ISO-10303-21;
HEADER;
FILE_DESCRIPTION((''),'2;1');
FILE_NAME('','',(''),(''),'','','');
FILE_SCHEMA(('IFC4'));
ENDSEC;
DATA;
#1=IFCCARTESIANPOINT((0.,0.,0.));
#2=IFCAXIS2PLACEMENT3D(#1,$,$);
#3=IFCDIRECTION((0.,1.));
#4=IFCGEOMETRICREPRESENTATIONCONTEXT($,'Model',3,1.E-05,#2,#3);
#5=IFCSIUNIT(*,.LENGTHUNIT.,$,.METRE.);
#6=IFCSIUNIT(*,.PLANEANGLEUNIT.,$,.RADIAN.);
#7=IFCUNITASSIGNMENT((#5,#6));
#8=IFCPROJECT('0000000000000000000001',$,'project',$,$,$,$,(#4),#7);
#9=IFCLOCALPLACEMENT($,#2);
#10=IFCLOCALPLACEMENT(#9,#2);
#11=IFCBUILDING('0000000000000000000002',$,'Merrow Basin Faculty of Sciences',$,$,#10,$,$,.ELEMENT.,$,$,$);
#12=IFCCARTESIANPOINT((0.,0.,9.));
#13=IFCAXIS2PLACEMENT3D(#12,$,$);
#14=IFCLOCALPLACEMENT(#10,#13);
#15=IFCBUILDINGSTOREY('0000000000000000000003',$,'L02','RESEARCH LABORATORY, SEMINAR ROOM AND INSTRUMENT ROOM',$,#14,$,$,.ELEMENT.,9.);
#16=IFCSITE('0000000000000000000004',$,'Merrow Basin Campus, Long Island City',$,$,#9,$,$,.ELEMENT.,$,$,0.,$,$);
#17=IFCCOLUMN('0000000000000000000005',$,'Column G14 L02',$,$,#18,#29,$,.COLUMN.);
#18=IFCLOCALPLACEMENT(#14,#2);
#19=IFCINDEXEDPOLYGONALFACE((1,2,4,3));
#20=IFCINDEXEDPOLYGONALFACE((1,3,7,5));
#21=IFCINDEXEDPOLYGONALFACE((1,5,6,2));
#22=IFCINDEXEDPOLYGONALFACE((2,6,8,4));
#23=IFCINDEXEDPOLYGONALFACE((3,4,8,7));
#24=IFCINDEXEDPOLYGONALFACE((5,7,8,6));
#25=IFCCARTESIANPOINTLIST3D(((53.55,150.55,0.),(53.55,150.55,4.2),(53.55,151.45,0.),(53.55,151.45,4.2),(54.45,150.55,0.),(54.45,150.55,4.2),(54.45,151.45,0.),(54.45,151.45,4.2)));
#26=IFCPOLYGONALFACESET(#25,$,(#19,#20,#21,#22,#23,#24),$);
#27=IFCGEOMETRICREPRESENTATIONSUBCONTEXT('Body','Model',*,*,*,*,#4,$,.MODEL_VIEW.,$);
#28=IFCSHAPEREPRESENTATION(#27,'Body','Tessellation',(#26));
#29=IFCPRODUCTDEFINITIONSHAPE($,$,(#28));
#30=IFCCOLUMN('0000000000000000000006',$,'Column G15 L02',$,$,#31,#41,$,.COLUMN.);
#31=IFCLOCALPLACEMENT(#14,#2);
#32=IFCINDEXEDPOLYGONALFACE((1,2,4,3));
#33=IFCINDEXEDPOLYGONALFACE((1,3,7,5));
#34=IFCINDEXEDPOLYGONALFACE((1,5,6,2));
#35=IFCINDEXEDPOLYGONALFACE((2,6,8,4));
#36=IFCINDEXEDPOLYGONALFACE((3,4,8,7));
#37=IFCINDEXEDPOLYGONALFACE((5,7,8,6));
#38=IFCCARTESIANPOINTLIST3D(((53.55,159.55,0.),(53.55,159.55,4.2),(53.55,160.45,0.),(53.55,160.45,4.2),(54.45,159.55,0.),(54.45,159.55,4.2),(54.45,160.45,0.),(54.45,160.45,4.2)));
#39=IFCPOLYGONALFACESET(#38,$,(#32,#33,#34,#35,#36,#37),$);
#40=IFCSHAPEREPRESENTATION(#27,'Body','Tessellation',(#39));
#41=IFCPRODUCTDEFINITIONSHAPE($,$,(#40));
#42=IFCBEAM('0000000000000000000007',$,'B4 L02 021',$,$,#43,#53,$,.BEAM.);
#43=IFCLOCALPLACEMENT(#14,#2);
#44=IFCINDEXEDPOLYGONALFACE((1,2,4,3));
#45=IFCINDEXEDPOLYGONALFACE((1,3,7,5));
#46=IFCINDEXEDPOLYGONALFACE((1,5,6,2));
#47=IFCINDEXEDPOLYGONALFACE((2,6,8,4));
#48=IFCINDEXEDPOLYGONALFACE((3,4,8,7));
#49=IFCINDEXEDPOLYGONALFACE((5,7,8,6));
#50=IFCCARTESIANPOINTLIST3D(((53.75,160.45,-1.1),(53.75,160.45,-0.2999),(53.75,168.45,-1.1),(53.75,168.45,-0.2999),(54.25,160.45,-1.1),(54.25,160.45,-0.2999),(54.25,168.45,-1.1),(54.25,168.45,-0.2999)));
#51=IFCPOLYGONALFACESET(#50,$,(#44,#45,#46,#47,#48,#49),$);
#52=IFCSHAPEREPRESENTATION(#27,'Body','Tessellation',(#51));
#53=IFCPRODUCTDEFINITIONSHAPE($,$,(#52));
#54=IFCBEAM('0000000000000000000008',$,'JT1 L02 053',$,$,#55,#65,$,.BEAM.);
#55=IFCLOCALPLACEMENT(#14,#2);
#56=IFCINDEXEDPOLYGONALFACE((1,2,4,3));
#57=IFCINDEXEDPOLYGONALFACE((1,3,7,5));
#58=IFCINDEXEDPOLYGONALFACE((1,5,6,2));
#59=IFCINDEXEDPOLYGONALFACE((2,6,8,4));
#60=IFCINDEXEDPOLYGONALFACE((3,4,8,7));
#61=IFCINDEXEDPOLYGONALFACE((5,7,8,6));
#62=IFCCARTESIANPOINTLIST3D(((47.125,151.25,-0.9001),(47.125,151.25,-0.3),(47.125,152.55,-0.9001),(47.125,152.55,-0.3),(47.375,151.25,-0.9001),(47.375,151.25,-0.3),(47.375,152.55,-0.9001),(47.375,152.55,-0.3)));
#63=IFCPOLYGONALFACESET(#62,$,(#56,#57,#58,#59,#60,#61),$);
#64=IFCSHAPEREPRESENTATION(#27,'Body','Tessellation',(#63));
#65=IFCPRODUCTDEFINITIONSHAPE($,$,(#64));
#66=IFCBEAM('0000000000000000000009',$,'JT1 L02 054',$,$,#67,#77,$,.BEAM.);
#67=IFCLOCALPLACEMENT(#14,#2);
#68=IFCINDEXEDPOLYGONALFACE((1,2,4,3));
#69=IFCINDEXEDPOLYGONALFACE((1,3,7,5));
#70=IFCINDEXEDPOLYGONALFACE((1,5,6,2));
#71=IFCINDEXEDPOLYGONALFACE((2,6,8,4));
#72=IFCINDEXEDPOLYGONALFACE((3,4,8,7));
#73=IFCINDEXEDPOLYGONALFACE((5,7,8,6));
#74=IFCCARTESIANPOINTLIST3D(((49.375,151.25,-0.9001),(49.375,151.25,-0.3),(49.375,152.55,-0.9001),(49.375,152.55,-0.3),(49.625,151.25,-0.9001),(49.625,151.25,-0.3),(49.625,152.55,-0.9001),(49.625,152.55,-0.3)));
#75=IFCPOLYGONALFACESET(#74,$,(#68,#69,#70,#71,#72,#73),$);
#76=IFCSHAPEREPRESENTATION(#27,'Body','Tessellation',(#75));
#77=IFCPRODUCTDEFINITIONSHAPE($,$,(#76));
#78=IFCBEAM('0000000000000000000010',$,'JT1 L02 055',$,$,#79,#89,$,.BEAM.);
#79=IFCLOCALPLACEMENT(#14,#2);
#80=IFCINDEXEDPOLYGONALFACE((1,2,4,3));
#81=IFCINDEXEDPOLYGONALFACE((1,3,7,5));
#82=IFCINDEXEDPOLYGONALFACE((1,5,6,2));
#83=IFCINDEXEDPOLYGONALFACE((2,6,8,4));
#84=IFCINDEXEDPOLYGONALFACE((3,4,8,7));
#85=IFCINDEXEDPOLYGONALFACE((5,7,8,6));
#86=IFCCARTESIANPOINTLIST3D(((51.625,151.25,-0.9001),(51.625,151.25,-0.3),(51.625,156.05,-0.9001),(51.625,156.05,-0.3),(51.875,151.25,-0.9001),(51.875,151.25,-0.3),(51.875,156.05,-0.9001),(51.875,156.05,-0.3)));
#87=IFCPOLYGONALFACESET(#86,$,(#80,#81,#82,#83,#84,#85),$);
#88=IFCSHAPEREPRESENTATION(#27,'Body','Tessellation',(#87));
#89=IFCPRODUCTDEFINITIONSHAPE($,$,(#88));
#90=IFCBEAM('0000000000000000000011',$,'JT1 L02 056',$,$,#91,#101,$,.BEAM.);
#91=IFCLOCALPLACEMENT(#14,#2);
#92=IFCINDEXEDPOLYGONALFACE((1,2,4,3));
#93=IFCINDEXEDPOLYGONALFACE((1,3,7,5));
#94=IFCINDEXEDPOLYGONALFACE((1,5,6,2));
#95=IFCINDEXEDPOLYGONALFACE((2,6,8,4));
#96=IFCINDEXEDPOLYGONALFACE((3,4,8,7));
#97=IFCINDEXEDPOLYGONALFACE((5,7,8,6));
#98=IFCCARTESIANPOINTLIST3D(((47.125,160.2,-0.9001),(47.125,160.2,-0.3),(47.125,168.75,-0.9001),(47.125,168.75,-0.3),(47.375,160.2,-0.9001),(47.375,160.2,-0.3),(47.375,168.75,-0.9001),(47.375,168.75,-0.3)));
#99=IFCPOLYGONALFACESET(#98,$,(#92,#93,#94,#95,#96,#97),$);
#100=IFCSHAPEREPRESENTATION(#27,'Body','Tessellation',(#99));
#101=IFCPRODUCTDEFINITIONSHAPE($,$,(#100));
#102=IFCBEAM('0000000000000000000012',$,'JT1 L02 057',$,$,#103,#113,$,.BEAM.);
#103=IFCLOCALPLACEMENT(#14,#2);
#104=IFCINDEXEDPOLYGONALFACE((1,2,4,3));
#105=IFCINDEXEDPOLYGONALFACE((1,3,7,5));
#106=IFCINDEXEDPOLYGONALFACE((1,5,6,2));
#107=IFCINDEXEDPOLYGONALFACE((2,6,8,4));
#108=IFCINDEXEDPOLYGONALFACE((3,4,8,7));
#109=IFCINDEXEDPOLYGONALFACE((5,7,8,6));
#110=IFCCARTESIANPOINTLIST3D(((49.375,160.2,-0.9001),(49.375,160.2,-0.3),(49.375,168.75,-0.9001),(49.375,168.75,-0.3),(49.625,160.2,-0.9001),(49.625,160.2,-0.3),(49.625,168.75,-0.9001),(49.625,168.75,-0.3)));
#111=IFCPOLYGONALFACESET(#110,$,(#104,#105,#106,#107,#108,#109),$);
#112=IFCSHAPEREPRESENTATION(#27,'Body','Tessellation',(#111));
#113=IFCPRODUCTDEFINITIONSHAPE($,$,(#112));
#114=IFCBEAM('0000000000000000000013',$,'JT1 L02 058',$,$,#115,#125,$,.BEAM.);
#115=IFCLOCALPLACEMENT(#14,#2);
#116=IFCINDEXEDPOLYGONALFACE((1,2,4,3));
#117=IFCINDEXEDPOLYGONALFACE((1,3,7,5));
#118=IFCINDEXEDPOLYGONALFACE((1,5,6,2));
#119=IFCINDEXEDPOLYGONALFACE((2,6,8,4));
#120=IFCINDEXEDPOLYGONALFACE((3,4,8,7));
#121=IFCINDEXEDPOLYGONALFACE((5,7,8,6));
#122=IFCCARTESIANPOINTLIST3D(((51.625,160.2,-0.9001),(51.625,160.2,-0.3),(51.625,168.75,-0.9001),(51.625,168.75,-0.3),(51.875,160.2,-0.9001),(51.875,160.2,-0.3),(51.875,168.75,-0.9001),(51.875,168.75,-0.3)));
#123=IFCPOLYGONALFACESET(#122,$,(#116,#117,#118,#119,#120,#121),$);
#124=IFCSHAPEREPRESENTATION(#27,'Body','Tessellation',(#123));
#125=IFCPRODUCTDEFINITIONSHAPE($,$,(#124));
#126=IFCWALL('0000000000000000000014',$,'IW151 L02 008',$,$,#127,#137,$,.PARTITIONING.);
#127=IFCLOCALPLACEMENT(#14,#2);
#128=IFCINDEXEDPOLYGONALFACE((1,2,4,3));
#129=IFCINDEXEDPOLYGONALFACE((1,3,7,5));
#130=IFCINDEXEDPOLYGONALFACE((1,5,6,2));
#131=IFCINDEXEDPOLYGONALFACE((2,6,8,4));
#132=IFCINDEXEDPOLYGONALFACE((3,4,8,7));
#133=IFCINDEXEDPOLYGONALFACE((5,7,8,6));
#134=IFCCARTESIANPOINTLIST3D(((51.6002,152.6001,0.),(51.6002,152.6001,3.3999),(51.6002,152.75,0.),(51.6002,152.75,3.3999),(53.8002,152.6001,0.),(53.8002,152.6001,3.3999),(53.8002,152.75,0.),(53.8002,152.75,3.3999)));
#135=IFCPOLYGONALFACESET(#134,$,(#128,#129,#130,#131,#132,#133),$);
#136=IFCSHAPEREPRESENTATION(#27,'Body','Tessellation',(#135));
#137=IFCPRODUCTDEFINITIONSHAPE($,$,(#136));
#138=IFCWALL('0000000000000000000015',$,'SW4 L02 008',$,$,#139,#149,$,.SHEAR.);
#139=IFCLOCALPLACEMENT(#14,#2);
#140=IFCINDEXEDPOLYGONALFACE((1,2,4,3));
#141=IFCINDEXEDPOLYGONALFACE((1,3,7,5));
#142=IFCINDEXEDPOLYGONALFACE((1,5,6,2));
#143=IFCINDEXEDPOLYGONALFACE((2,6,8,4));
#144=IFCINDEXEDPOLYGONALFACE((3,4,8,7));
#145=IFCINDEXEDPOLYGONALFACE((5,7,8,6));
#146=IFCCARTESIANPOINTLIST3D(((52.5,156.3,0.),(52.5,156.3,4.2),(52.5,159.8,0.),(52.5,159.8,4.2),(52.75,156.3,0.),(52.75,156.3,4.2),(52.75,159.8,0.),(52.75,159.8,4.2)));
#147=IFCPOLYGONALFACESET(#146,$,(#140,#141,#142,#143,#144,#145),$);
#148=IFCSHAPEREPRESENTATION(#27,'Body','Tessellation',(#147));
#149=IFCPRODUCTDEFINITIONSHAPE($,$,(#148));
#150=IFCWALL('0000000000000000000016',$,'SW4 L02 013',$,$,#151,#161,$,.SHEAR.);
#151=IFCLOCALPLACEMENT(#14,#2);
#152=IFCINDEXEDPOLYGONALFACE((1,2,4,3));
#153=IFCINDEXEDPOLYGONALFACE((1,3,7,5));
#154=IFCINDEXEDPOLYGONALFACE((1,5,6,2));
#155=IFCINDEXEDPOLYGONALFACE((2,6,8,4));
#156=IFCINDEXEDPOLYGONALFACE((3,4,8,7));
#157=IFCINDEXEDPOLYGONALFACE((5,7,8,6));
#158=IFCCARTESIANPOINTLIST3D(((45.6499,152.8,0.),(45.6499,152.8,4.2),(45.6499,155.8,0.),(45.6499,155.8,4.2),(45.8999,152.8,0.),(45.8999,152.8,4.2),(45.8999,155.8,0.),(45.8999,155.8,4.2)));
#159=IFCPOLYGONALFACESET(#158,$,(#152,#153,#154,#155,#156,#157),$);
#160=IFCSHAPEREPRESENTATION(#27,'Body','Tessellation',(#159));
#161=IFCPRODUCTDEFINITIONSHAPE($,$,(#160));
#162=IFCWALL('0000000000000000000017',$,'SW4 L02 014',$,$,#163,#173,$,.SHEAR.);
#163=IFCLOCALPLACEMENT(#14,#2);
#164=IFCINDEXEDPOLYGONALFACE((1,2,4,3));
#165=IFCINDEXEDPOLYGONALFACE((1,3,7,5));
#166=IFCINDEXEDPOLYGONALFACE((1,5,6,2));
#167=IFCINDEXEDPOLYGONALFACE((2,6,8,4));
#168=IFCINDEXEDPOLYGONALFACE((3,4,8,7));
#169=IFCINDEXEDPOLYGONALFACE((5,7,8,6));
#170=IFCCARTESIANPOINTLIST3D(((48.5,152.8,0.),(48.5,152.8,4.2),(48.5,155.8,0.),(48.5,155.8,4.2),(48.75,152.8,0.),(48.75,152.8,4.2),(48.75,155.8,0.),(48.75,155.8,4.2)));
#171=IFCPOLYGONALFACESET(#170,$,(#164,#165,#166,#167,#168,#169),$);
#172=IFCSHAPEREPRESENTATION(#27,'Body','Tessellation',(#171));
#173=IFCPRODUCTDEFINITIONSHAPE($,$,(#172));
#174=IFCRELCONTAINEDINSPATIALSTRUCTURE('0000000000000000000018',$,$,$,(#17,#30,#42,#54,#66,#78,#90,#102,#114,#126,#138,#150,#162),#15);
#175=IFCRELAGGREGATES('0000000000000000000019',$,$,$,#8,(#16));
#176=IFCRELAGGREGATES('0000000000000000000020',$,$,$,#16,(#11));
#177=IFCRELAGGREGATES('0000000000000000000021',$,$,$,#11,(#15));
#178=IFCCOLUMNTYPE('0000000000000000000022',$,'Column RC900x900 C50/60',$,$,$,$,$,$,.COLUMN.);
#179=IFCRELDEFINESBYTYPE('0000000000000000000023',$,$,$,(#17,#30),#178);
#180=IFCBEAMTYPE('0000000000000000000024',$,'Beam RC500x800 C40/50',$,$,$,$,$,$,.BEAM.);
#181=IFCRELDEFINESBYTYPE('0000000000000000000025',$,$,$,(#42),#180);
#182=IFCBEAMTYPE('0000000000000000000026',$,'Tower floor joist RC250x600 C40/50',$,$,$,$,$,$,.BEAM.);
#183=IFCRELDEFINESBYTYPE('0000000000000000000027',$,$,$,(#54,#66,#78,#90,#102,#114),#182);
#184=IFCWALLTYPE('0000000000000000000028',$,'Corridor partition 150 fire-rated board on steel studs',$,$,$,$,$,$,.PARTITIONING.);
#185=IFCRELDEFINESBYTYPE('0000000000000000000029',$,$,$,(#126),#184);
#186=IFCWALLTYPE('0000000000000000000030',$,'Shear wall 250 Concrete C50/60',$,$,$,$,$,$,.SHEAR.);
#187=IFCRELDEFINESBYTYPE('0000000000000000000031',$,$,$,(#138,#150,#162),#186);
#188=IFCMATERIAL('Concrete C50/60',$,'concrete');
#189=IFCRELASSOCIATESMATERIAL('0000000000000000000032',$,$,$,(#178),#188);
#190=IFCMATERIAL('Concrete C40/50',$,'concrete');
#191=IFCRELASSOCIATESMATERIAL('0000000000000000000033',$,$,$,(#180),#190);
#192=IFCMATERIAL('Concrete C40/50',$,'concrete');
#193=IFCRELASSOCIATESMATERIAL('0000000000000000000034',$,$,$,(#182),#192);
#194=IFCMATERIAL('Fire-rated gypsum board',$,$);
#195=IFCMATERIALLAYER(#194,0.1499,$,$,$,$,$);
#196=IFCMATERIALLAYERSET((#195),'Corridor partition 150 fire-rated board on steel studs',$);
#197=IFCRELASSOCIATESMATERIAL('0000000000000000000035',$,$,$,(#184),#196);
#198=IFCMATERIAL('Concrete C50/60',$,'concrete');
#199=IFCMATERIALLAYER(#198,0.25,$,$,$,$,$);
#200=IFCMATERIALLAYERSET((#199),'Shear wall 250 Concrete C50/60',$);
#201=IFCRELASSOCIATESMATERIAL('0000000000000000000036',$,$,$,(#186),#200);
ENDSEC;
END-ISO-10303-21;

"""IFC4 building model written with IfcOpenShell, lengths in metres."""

from ifc_helpers import new_model, si_unit, direction, frame, frame_2d, origin, origin_2d, place, context, subcontext, project, spatial, rectangle, extrude, material, layer, layer_set, material_profile, profile_set, type_object, element, save


model = new_model("IFC4")

# Units and contexts
model_context = context("Model", 3, precision=1e-05, world=origin(), true_north=direction((0.0, 1.0)))
body_context = subcontext(model_context, "Body", "Model", "MODEL_VIEW")
ifc_project = project(units=[si_unit("LENGTHUNIT", "METRE"), si_unit("PLANEANGLEUNIT", "RADIAN")], contexts=[model_context])

# Site, building, storey
site_placement = place(None, origin())
site = spatial("IfcSite", under=ifc_project, at=site_placement, Name="Merrow Basin Campus, Long Island City", CompositionType="ELEMENT", RefElevation=0.0)
building_placement = place(site_placement, origin())
building = spatial("IfcBuilding", under=site, at=building_placement, Name="Merrow Basin Faculty of Sciences", CompositionType="ELEMENT")
storey_placement = place(building_placement, frame((0.0, 0.0, 9.0)))
storey = spatial("IfcBuildingStorey", under=building, at=storey_placement, Name="L02", Description="RESEARCH LABORATORY, SEMINAR ROOM AND INSTRUMENT ROOM", CompositionType="ELEMENT", Elevation=9.0)

# Columns
ifc_material_1 = material(Name="Concrete C50/60", Category="concrete")
ifc_material_profile_1 = material_profile(ifc_material_1, rectangle(XDim=0.8999, YDim=0.8999, at=origin_2d()))
ifc_profile_set_1 = profile_set([ifc_material_profile_1], Name="Concrete C50/60")
column_type = type_object("IfcColumnType", Name="Column RC900x900 C50/60", PredefinedType="COLUMN", material=ifc_profile_set_1)
for number, where, z_axis, x_axis, name in (
    (1, (54.0, 151.0, 0.0), (0.0, 0.0, 1.0), (1.0, 0.0, 0.0), "Column G14 L02"),
    (2, (54.0, 160.0, 0.0), (0.0, 0.0, 1.0), (1.0, 0.0, 0.0), "Column G15 L02"),
):
    element("IfcColumn", number, at=place(storey_placement, frame(where, z_axis=z_axis, x_axis=x_axis)), inside=storey, type_object=column_type, Name=name, PredefinedType="COLUMN", context=body_context, shape_type="SweptSolid", body=[
        extrude(rectangle(XDim=0.8999, YDim=0.8999, at=origin_2d()), origin(), (0.0, 0.0, 1.0), 4.2),
    ])

# Beams
ifc_material_2 = material(Name="Concrete C40/50", Category="concrete")
ifc_material_profile_2 = material_profile(ifc_material_2, rectangle(XDim=0.5, YDim=0.8, at=origin_2d()))
ifc_profile_set_2 = profile_set([ifc_material_profile_2], Name="Concrete C40/50")
beam_type_1 = type_object("IfcBeamType", Name="Beam RC500x800 C40/50", PredefinedType="BEAM", material=ifc_profile_set_2)
beam_1_placement = place(storey_placement, frame((54.0, 160.45, -0.7), z_axis=(0.0, 1.0, 0.0), x_axis=(-1.0, 0.0, 0.0)))
element("IfcBeam", 3, at=beam_1_placement, inside=storey, type_object=beam_type_1, Name="B4 L02 021", PredefinedType="BEAM", context=body_context, shape_type="SweptSolid", body=[
    extrude(rectangle(XDim=0.5, YDim=0.8, at=origin_2d()), origin(), (0.0, 0.0, 1.0), 8.0),
])
ifc_material_3 = material(Name="Concrete C40/50", Category="concrete")
ifc_material_profile_3 = material_profile(ifc_material_3, rectangle(XDim=0.25, YDim=0.6001, at=origin_2d()))
ifc_profile_set_3 = profile_set([ifc_material_profile_3], Name="Concrete C40/50")
beam_type_2 = type_object("IfcBeamType", Name="Tower floor joist RC250x600 C40/50", PredefinedType="BEAM", material=ifc_profile_set_3)
for number, where, z_axis, x_axis, name in (
    (4, (47.25, 151.25, -0.6001), (0.0, 1.0, 0.0), (-1.0, 0.0, 0.0), "JT1 L02 053"),
    (5, (49.5, 151.25, -0.6001), (0.0, 1.0, 0.0), (-1.0, 0.0, 0.0), "JT1 L02 054"),
):
    element("IfcBeam", number, at=place(storey_placement, frame(where, z_axis=z_axis, x_axis=x_axis)), inside=storey, type_object=beam_type_2, Name=name, PredefinedType="BEAM", context=body_context, shape_type="SweptSolid", body=[
        extrude(rectangle(XDim=0.25, YDim=0.6001, at=origin_2d()), origin(), (0.0, 0.0, 1.0), 1.3),
    ])
beam_2_placement = place(storey_placement, frame((51.75, 151.25, -0.6001), z_axis=(0.0, 1.0, 0.0), x_axis=(-1.0, 0.0, 0.0)))
element("IfcBeam", 6, at=beam_2_placement, inside=storey, type_object=beam_type_2, Name="JT1 L02 055", PredefinedType="BEAM", context=body_context, shape_type="SweptSolid", body=[
    extrude(rectangle(XDim=0.25, YDim=0.6001, at=origin_2d()), origin(), (0.0, 0.0, 1.0), 4.8),
])
for number, where, z_axis, x_axis, name in (
    (7, (47.25, 160.2, -0.6001), (0.0, 1.0, 0.0), (-1.0, 0.0, 0.0), "JT1 L02 056"),
    (8, (49.5, 160.2, -0.6001), (0.0, 1.0, 0.0), (-1.0, 0.0, 0.0), "JT1 L02 057"),
    (9, (51.75, 160.2, -0.6001), (0.0, 1.0, 0.0), (-1.0, 0.0, 0.0), "JT1 L02 058"),
):
    element("IfcBeam", number, at=place(storey_placement, frame(where, z_axis=z_axis, x_axis=x_axis)), inside=storey, type_object=beam_type_2, Name=name, PredefinedType="BEAM", context=body_context, shape_type="SweptSolid", body=[
        extrude(rectangle(XDim=0.25, YDim=0.6001, at=origin_2d()), origin(), (0.0, 0.0, 1.0), 8.55),
    ])

# Walls
ifc_material_4 = material(Name="Fire-rated gypsum board")
ifc_layer_1 = layer(ifc_material_4, 0.1499)
ifc_layer_set_1 = layer_set([ifc_layer_1], Name="Corridor partition 150 fire-rated board on steel studs")
wall_type_1 = type_object("IfcWallType", Name="Corridor partition 150 fire-rated board on steel studs", PredefinedType="PARTITIONING", material=ifc_layer_set_1)
wall_1_placement = place(storey_placement, frame((51.6001, 152.675, 0.0), z_axis=(0.0, 0.0, 1.0), x_axis=(1.0, 0.0, 0.0)))
element("IfcWall", 10, at=wall_1_placement, inside=storey, type_object=wall_type_1, Name="IW151 L02 008", PredefinedType="PARTITIONING", context=body_context, shape_type="SweptSolid", body=[
    extrude(rectangle(XDim=2.2, YDim=0.1499, at=frame_2d((1.1001, 0.0))), origin(), (0.0, 0.0, 1.0), 3.3999),
])
ifc_material_5 = material(Name="Concrete C50/60", Category="concrete")
ifc_layer_2 = layer(ifc_material_5, 0.25)
ifc_layer_set_2 = layer_set([ifc_layer_2], Name="Shear wall 250 Concrete C50/60")
wall_type_2 = type_object("IfcWallType", Name="Shear wall 250 Concrete C50/60", PredefinedType="SHEAR", material=ifc_layer_set_2)
wall_2_placement = place(storey_placement, frame((52.625, 156.3, 0.0), z_axis=(0.0, 0.0, 1.0), x_axis=(0.0, 1.0, 0.0)))
element("IfcWall", 11, at=wall_2_placement, inside=storey, type_object=wall_type_2, Name="SW4 L02 008", PredefinedType="SHEAR", context=body_context, shape_type="SweptSolid", body=[
    extrude(rectangle(XDim=3.5, YDim=0.25, at=frame_2d((1.75, 0.0))), origin(), (0.0, 0.0, 1.0), 4.2),
])
for number, where, z_axis, x_axis, name in (
    (12, (45.7749, 152.8, 0.0), (0.0, 0.0, 1.0), (0.0, 1.0, 0.0), "SW4 L02 013"),
    (13, (48.625, 152.8, 0.0), (0.0, 0.0, 1.0), (0.0, 1.0, 0.0), "SW4 L02 014"),
):
    element("IfcWall", number, at=place(storey_placement, frame(where, z_axis=z_axis, x_axis=x_axis)), inside=storey, type_object=wall_type_2, Name=name, PredefinedType="SHEAR", context=body_context, shape_type="SweptSolid", body=[
        extrude(rectangle(XDim=3.0, YDim=0.25, at=frame_2d((1.5, 0.0))), origin(), (0.0, 0.0, 1.0), 4.2),
    ])

save(model, "model.ifc")
